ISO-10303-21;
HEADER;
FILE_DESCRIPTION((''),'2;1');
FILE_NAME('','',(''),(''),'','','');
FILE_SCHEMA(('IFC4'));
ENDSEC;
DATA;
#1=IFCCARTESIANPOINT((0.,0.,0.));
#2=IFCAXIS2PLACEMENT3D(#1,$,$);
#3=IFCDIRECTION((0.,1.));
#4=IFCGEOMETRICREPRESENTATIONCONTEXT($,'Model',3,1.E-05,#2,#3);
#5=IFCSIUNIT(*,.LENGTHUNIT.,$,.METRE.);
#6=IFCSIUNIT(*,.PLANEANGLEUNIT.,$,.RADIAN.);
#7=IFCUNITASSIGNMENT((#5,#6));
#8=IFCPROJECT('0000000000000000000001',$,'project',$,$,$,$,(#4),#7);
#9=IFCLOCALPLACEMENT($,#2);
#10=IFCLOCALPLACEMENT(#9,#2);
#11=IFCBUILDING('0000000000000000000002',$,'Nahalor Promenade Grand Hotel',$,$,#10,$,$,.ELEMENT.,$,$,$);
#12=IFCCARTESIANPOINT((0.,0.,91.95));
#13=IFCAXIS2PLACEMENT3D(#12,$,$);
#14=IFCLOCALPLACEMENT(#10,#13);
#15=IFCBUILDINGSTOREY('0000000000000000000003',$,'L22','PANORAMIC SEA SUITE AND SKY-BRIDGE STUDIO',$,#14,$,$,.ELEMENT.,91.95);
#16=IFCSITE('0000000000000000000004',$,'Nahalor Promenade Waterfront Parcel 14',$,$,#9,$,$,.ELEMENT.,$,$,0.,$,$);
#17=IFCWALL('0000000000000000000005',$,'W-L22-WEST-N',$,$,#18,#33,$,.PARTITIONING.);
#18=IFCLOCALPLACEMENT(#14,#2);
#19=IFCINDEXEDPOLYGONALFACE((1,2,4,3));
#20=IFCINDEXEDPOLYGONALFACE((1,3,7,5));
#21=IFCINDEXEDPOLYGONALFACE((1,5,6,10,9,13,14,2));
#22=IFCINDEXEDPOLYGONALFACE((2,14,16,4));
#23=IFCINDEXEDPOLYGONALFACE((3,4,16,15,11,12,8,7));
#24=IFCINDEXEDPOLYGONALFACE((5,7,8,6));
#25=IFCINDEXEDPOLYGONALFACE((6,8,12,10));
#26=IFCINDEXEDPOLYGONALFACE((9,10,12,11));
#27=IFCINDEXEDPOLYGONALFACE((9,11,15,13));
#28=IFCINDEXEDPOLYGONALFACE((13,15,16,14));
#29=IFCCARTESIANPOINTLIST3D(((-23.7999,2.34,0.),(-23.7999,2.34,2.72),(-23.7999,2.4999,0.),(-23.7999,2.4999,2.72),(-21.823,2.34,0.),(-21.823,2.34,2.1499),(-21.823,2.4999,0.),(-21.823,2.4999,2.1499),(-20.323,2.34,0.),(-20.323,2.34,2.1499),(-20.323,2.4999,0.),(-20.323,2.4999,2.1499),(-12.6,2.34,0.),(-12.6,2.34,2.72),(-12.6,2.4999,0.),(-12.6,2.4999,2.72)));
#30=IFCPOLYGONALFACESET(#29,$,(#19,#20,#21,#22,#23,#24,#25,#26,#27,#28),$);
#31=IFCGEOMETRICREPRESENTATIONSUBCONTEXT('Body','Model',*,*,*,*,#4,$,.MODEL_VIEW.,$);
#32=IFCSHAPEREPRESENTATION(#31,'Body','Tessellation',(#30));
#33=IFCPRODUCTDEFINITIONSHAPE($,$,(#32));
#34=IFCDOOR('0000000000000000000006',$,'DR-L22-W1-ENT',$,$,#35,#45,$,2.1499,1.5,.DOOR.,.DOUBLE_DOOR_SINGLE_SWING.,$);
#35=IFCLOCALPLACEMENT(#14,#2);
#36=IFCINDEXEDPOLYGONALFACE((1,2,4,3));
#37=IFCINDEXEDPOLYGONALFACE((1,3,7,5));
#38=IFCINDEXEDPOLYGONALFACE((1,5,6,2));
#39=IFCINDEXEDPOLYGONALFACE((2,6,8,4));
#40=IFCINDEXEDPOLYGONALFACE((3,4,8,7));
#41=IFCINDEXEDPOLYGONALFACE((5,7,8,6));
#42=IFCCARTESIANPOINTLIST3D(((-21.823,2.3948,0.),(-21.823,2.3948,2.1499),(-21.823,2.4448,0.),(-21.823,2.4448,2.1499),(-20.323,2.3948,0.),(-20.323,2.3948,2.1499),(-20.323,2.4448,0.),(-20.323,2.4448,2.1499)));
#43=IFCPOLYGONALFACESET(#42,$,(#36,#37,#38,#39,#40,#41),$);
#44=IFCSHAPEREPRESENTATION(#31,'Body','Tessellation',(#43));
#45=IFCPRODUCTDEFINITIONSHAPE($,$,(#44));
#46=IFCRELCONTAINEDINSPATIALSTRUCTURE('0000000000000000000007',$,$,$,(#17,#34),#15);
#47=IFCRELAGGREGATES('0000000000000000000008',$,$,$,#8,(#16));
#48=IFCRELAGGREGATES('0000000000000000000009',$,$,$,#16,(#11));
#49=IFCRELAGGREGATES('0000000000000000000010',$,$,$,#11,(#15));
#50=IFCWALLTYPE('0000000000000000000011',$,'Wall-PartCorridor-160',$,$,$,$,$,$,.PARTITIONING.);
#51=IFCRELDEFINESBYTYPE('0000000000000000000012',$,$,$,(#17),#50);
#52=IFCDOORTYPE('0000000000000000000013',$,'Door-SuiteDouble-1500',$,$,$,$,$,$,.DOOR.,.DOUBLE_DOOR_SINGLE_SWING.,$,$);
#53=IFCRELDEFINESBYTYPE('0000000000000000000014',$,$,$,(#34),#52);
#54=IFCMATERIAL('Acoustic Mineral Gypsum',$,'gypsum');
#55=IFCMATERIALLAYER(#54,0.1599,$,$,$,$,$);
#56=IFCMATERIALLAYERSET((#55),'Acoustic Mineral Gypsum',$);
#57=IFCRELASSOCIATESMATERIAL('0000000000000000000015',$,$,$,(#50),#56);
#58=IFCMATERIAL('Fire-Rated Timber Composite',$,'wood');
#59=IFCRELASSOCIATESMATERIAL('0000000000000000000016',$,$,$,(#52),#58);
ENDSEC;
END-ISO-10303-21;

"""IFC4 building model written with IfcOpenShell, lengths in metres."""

from ifc_helpers import new_model, si_unit, direction, frame, frame_2d, origin, place, context, subcontext, project, spatial, rectangle, extrude, source, transform, mapped, material, layer, layer_set, type_object, element, fill, save


model = new_model("IFC4")

# Units and contexts
model_context = context("Model", 3, precision=1e-05, world=origin(), true_north=direction((0.0, 1.0)))
body_context = subcontext(model_context, "Body", "Model", "MODEL_VIEW")
ifc_project = project(units=[si_unit("LENGTHUNIT", "METRE"), si_unit("PLANEANGLEUNIT", "RADIAN")], contexts=[model_context])

# Site, building, storey
site_placement = place(None, origin())
site = spatial("IfcSite", under=ifc_project, at=site_placement, Name="Nahalor Promenade Waterfront Parcel 14", CompositionType="ELEMENT", RefElevation=0.0)
building_placement = place(site_placement, origin())
building = spatial("IfcBuilding", under=site, at=building_placement, Name="Nahalor Promenade Grand Hotel", CompositionType="ELEMENT")
storey_placement = place(building_placement, frame((0.0, 0.0, 91.95)))
storey = spatial("IfcBuildingStorey", under=building, at=storey_placement, Name="L22", Description="PANORAMIC SEA SUITE AND SKY-BRIDGE STUDIO", CompositionType="ELEMENT", Elevation=91.95)

# Shared definitions
ifc_material_1 = material(Name="Acoustic Mineral Gypsum", Category="gypsum")
ifc_layer_1 = layer(ifc_material_1, 0.1599)
ifc_layer_set_1 = layer_set([ifc_layer_1], Name="Acoustic Mineral Gypsum")
wall_type_1 = type_object("IfcWallType", Name="Wall-PartCorridor-160", PredefinedType="PARTITIONING", material=ifc_layer_set_1)
ifc_material_2 = material(Name="Fire-Rated Timber Composite", Category="wood")

# Wall, opening, door
shared_shape_1 = source(origin(), body_context, "Body", "SweptSolid", [
    extrude(rectangle(XDim=11.2, YDim=0.1599, at=frame_2d((5.6001, 0.0))), origin(), (0.0, 0.0, 1.0), 2.72),
])
wall_1_placement = place(storey_placement, frame((-23.8, 2.4199, 0.0), z_axis=(0.0, 0.0, 1.0), x_axis=(1.0, 0.0, 0.0)))
wall_1 = element("IfcWall", 1, at=wall_1_placement, inside=storey, type_object=wall_type_1, Name="W-L22-WEST-N", PredefinedType="PARTITIONING", context=body_context, shape_type="MappedRepresentation", body=[
    mapped(shared_shape_1, transform((0.0, 0.0, 0.0), scale=1.0)),
])
opening_1_placement = place(wall_1_placement, frame((1.9771, 0.0, 0.0)))
opening_1 = element("IfcOpeningElement", 2, at=opening_1_placement, cuts=wall_1, PredefinedType="OPENING", context=body_context, shape_type="SweptSolid", body=[
    extrude(rectangle(XDim=1.5, YDim=2.1499, at=frame_2d((0.75, 1.075))), frame((0.0, 0.0898, 0.0), z_axis=(0.0, -1.0, 0.0), x_axis=(1.0, 0.0, 0.0)), (0.0, 0.0, 1.0), 0.1799),
])
door_type_1 = type_object("IfcDoorType", Name="Door-SuiteDouble-1500", OperationType="DOUBLE_DOOR_SINGLE_SWING", PredefinedType="DOOR", material=ifc_material_2)
shared_shape_2 = source(origin(), body_context, "Body", "SweptSolid", [
    extrude(rectangle(XDim=1.5, YDim=2.1499, at=frame_2d((0.75, 1.075))), frame((0.0, 0.0249, 0.0), z_axis=(0.0, -1.0, 0.0), x_axis=(1.0, 0.0, 0.0)), (0.0, 0.0, 1.0), 0.05),
])
door_1_placement = place(opening_1_placement, origin())
door_1 = element("IfcDoor", 3, at=door_1_placement, inside=storey, type_object=door_type_1, Name="DR-L22-W1-ENT", OperationType="DOUBLE_DOOR_SINGLE_SWING", OverallHeight=2.1499, OverallWidth=1.5, PredefinedType="DOOR", context=body_context, shape_type="MappedRepresentation", body=[
    mapped(shared_shape_2, transform((0.0, 0.0, 0.0), scale=1.0)),
])
fill(opening_1, door_1)

save(model, "model.ifc")
